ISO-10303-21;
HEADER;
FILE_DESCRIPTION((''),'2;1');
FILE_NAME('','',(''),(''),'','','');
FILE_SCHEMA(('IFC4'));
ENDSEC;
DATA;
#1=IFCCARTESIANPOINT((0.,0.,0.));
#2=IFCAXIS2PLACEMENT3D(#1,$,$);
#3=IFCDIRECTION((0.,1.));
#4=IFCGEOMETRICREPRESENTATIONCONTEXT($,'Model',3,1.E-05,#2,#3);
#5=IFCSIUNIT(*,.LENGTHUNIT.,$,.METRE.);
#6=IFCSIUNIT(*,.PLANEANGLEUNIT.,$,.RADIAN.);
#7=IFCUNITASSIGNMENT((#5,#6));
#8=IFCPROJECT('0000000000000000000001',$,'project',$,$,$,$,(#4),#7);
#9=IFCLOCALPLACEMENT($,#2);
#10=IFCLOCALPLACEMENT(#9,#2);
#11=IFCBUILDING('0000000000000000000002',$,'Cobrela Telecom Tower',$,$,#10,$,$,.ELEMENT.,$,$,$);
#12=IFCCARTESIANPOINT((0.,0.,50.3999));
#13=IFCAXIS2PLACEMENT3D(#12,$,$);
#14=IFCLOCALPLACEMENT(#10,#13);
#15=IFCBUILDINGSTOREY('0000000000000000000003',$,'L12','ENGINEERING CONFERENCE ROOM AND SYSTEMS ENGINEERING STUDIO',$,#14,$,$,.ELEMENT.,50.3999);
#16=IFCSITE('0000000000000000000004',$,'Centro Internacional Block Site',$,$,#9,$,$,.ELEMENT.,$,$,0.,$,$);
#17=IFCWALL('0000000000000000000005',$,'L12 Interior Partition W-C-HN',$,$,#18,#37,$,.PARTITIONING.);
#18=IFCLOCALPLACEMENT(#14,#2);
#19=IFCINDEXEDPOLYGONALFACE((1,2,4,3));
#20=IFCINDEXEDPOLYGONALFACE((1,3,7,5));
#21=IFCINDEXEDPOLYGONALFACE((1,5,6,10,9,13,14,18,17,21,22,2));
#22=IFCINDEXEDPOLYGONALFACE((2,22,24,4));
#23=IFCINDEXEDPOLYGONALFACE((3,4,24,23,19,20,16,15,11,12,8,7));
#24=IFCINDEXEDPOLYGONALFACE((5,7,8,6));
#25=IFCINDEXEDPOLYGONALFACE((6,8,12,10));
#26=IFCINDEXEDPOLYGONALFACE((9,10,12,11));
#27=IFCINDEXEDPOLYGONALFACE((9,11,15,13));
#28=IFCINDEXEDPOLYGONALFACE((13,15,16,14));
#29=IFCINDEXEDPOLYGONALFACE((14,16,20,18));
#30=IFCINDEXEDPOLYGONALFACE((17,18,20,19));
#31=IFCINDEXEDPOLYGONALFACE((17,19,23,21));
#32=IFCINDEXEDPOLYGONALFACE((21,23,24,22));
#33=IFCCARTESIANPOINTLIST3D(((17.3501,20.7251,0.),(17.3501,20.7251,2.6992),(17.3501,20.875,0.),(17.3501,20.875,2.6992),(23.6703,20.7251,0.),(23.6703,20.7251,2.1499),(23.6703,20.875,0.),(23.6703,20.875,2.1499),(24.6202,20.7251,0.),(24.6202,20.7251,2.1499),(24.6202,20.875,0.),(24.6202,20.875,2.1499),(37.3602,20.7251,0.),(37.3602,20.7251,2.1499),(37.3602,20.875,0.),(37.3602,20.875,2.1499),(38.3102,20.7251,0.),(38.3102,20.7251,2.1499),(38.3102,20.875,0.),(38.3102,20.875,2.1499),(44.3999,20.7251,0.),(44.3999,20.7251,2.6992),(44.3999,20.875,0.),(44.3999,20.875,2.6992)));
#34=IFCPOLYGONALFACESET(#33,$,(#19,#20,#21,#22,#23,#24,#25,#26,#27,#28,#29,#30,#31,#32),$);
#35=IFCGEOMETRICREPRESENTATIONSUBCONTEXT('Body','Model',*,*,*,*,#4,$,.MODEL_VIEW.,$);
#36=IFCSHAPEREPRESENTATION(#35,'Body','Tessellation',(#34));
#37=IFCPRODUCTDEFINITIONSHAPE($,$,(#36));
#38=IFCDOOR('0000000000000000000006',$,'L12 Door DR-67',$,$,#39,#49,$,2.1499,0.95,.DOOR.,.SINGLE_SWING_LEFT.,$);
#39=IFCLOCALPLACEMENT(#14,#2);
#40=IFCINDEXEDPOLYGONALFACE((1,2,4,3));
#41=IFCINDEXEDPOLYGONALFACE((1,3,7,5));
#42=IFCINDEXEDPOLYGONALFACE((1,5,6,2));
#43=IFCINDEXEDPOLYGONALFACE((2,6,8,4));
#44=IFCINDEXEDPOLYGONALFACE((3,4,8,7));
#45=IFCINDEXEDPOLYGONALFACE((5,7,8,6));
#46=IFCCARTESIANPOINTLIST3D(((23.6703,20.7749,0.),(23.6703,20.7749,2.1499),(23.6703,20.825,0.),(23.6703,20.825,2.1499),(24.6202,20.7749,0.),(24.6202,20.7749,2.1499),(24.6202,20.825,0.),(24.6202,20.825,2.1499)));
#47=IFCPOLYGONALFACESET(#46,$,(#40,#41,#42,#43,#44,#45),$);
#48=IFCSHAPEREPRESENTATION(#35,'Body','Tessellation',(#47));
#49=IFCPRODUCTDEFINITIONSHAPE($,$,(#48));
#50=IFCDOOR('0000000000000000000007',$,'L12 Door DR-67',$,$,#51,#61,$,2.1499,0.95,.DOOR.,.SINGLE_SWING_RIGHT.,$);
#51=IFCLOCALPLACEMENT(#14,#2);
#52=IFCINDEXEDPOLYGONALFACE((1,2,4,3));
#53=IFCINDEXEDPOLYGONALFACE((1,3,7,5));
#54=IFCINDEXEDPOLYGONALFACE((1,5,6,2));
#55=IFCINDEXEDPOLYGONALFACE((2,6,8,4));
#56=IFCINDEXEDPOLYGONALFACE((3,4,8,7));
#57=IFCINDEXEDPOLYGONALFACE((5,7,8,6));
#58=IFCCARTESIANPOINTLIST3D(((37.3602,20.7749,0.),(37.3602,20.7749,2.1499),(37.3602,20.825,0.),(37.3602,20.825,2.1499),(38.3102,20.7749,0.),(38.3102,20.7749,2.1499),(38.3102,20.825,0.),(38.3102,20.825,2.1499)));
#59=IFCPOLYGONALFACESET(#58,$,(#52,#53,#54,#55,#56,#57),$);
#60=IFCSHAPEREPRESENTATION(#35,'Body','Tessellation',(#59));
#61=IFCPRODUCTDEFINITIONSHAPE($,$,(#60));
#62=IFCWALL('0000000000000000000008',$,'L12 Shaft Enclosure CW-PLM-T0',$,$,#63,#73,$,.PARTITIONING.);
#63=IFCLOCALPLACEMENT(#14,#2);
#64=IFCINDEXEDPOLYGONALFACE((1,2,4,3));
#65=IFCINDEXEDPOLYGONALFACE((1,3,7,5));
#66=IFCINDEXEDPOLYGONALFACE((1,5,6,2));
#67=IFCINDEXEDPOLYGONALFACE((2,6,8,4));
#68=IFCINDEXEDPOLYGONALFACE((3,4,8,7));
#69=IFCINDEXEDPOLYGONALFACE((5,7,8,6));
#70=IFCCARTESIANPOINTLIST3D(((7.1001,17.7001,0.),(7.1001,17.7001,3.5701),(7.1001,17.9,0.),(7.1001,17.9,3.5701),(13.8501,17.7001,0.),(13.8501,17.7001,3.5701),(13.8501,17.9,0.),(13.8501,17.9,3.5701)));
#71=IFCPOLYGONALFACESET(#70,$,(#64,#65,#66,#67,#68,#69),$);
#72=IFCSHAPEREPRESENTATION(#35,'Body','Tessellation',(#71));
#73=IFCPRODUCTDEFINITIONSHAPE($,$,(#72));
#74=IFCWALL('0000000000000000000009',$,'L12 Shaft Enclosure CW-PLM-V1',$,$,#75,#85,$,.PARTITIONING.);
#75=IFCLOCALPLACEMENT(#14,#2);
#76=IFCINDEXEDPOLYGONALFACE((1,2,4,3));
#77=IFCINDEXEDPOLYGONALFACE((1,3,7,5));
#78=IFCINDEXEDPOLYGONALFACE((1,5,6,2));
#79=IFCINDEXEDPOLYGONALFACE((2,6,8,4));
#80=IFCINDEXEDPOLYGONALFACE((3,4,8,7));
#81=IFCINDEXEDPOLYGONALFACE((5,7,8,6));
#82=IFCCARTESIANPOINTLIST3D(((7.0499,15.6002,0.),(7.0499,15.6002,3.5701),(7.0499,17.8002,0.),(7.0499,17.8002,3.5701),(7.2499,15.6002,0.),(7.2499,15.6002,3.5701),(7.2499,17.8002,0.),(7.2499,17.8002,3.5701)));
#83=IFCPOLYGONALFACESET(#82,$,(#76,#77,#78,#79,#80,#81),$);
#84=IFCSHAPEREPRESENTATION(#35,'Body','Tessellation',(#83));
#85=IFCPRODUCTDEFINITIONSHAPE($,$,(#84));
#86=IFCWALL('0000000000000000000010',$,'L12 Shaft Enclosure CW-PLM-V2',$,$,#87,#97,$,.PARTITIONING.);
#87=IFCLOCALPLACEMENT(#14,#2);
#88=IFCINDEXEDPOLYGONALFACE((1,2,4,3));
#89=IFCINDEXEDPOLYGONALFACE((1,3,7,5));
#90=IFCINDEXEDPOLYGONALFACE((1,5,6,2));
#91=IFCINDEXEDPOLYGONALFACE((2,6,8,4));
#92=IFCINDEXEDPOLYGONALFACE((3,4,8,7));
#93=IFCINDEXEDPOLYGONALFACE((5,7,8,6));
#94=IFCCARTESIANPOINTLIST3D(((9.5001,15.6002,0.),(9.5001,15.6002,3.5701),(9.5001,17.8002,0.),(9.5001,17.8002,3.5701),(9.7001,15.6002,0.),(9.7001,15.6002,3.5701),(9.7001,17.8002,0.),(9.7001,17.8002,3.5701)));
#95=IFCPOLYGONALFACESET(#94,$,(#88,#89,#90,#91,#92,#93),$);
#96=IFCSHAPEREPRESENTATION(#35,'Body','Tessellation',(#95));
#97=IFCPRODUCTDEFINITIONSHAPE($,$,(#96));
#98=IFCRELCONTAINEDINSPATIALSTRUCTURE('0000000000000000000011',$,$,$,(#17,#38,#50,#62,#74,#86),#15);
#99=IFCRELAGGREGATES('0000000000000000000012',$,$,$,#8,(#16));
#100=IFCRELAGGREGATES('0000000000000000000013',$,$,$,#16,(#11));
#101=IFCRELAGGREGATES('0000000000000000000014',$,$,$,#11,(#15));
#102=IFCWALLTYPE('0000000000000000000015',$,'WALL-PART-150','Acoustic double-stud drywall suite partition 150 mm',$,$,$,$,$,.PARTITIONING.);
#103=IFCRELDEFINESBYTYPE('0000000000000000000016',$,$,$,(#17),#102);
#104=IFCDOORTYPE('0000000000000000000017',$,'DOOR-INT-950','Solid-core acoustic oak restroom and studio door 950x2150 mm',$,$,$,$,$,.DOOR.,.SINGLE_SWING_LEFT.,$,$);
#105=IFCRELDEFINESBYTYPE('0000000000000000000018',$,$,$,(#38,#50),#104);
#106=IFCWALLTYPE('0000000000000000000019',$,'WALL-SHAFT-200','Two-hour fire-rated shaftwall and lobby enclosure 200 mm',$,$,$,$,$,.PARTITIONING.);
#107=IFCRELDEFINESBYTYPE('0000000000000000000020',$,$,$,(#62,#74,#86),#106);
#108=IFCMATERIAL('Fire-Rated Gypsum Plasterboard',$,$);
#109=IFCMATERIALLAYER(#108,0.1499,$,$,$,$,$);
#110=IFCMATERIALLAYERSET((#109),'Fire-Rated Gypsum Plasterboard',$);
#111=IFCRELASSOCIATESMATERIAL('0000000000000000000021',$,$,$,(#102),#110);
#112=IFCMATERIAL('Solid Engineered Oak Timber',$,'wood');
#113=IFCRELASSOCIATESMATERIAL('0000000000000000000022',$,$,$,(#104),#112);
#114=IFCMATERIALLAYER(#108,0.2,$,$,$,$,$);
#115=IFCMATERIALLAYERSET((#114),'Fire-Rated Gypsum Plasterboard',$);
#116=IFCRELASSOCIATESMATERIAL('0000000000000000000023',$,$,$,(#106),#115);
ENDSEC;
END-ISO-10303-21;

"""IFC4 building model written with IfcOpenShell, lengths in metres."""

from ifc_helpers import new_model, si_unit, direction, frame, frame_2d, origin, place, context, subcontext, project, spatial, rectangle, extrude, material, layer, layer_set, type_object, element, fill, save


model = new_model("IFC4")

# Units and contexts
model_context = context("Model", 3, precision=1e-05, world=origin(), true_north=direction((0.0, 1.0)))
body_context = subcontext(model_context, "Body", "Model", "MODEL_VIEW")
ifc_project = project(units=[si_unit("LENGTHUNIT", "METRE"), si_unit("PLANEANGLEUNIT", "RADIAN")], contexts=[model_context])

# Site, building, storey
site_placement = place(None, origin())
site = spatial("IfcSite", under=ifc_project, at=site_placement, Name="Centro Internacional Block Site", CompositionType="ELEMENT", RefElevation=0.0)
building_placement = place(site_placement, origin())
building = spatial("IfcBuilding", under=site, at=building_placement, Name="Cobrela Telecom Tower", CompositionType="ELEMENT")
storey_placement = place(building_placement, frame((0.0, 0.0, 50.3999)))
storey = spatial("IfcBuildingStorey", under=building, at=storey_placement, Name="L12", Description="ENGINEERING CONFERENCE ROOM AND SYSTEMS ENGINEERING STUDIO", CompositionType="ELEMENT", Elevation=50.3999)

# Wall, openings, doors
ifc_material_1 = material(Name="Fire-Rated Gypsum Plasterboard")
ifc_layer_1 = layer(ifc_material_1, 0.1499)
ifc_layer_set_1 = layer_set([ifc_layer_1], Name="Fire-Rated Gypsum Plasterboard")
wall_type_1 = type_object("IfcWallType", Name="WALL-PART-150", Description="Acoustic double-stud drywall suite partition 150 mm", PredefinedType="PARTITIONING", material=ifc_layer_set_1)
ifc_material_2 = material(Name="Solid Engineered Oak Timber", Category="wood")
door_type_1 = type_object("IfcDoorType", Name="DOOR-INT-950", Description="Solid-core acoustic oak restroom and studio door 950x2150 mm", OperationType="SINGLE_SWING_LEFT", PredefinedType="DOOR", material=ifc_material_2)
wall_1_placement = place(storey_placement, frame((17.3501, 20.8, 0.0), z_axis=(0.0, 0.0, 1.0), x_axis=(1.0, 0.0, 0.0)))
wall_1 = element("IfcWall", 1, at=wall_1_placement, inside=storey, type_object=wall_type_1, Name="L12 Interior Partition W-C-HN", PredefinedType="PARTITIONING", context=body_context, shape_type="SweptSolid", body=[
    extrude(rectangle(XDim=27.0498, YDim=0.1499, at=frame_2d((13.5249, 0.0))), origin(), (0.0, 0.0, 1.0), 2.6992),
])
opening_1_placement = place(wall_1_placement, frame((6.3201, 0.0, 0.0)))
opening_1 = element("IfcOpeningElement", 2, at=opening_1_placement, cuts=wall_1, PredefinedType="OPENING", context=body_context, shape_type="SweptSolid", body=[
    extrude(rectangle(XDim=0.95, YDim=2.1499, at=frame_2d((0.4751, 1.075))), frame((0.0, 0.0869, 0.0), z_axis=(0.0, -1.0, 0.0), x_axis=(1.0, 0.0, 0.0)), (0.0, 0.0, 1.0), 0.1738),
])
opening_2_placement = place(wall_1_placement, frame((20.01, 0.0, 0.0)))
opening_2 = element("IfcOpeningElement", 3, at=opening_2_placement, cuts=wall_1, PredefinedType="OPENING", context=body_context, shape_type="SweptSolid", body=[
    extrude(rectangle(XDim=0.95, YDim=2.1499, at=frame_2d((0.4751, 1.075))), frame((0.0, 0.0869, 0.0), z_axis=(0.0, -1.0, 0.0), x_axis=(1.0, 0.0, 0.0)), (0.0, 0.0, 1.0), 0.1738),
])
door_1_placement = place(opening_1_placement, origin())
door_1 = element("IfcDoor", 4, at=door_1_placement, inside=storey, type_object=door_type_1, Name="L12 Door DR-67", OperationType="SINGLE_SWING_LEFT", OverallHeight=2.1499, OverallWidth=0.95, PredefinedType="DOOR", context=body_context, shape_type="SweptSolid", body=[
    extrude(rectangle(XDim=0.95, YDim=2.1499, at=frame_2d((0.4751, 1.075))), frame((0.0, 0.0249, 0.0), z_axis=(0.0, -1.0, 0.0), x_axis=(1.0, 0.0, 0.0)), (0.0, 0.0, 1.0), 0.05),
])
fill(opening_1, door_1)
door_2_placement = place(opening_2_placement, origin())
door_2 = element("IfcDoor", 5, at=door_2_placement, inside=storey, type_object=door_type_1, Name="L12 Door DR-67", OperationType="SINGLE_SWING_RIGHT", OverallHeight=2.1499, OverallWidth=0.95, PredefinedType="DOOR", context=body_context, shape_type="SweptSolid", body=[
    extrude(rectangle(XDim=0.95, YDim=2.1499, at=frame_2d((0.4751, 1.075))), frame((0.0, 0.0249, 0.0), z_axis=(0.0, -1.0, 0.0), x_axis=(1.0, 0.0, 0.0)), (0.0, 0.0, 1.0), 0.05),
])
fill(opening_2, door_2)

# Walls
ifc_layer_2 = layer(ifc_material_1, 0.2)
ifc_layer_set_2 = layer_set([ifc_layer_2], Name="Fire-Rated Gypsum Plasterboard")
wall_type_2 = type_object("IfcWallType", Name="WALL-SHAFT-200", Description="Two-hour fire-rated shaftwall and lobby enclosure 200 mm", PredefinedType="PARTITIONING", material=ifc_layer_set_2)
wall_2_placement = place(storey_placement, frame((7.1001, 17.8, 0.0), z_axis=(0.0, 0.0, 1.0), x_axis=(1.0, 0.0, 0.0)))
element("IfcWall", 6, at=wall_2_placement, inside=storey, type_object=wall_type_2, Name="L12 Shaft Enclosure CW-PLM-T0", PredefinedType="PARTITIONING", context=body_context, shape_type="SweptSolid", body=[
    extrude(rectangle(XDim=6.75, YDim=0.2, at=frame_2d((3.375, 0.0))), origin(), (0.0, 0.0, 1.0), 3.5701),
])
for number, where, z_axis, x_axis, name in (
    (7, (7.1499, 15.6001, 0.0), (0.0, 0.0, 1.0), (0.0, 1.0, 0.0), "L12 Shaft Enclosure CW-PLM-V1"),
    (8, (9.6001, 15.6001, 0.0), (0.0, 0.0, 1.0), (0.0, 1.0, 0.0), "L12 Shaft Enclosure CW-PLM-V2"),
):
    element("IfcWall", number, at=place(storey_placement, frame(where, z_axis=z_axis, x_axis=x_axis)), inside=storey, type_object=wall_type_2, Name=name, PredefinedType="PARTITIONING", context=body_context, shape_type="SweptSolid", body=[
        extrude(rectangle(XDim=2.2, YDim=0.2, at=frame_2d((1.1001, 0.0))), origin(), (0.0, 0.0, 1.0), 3.5701),
    ])

save(model, "model.ifc")
